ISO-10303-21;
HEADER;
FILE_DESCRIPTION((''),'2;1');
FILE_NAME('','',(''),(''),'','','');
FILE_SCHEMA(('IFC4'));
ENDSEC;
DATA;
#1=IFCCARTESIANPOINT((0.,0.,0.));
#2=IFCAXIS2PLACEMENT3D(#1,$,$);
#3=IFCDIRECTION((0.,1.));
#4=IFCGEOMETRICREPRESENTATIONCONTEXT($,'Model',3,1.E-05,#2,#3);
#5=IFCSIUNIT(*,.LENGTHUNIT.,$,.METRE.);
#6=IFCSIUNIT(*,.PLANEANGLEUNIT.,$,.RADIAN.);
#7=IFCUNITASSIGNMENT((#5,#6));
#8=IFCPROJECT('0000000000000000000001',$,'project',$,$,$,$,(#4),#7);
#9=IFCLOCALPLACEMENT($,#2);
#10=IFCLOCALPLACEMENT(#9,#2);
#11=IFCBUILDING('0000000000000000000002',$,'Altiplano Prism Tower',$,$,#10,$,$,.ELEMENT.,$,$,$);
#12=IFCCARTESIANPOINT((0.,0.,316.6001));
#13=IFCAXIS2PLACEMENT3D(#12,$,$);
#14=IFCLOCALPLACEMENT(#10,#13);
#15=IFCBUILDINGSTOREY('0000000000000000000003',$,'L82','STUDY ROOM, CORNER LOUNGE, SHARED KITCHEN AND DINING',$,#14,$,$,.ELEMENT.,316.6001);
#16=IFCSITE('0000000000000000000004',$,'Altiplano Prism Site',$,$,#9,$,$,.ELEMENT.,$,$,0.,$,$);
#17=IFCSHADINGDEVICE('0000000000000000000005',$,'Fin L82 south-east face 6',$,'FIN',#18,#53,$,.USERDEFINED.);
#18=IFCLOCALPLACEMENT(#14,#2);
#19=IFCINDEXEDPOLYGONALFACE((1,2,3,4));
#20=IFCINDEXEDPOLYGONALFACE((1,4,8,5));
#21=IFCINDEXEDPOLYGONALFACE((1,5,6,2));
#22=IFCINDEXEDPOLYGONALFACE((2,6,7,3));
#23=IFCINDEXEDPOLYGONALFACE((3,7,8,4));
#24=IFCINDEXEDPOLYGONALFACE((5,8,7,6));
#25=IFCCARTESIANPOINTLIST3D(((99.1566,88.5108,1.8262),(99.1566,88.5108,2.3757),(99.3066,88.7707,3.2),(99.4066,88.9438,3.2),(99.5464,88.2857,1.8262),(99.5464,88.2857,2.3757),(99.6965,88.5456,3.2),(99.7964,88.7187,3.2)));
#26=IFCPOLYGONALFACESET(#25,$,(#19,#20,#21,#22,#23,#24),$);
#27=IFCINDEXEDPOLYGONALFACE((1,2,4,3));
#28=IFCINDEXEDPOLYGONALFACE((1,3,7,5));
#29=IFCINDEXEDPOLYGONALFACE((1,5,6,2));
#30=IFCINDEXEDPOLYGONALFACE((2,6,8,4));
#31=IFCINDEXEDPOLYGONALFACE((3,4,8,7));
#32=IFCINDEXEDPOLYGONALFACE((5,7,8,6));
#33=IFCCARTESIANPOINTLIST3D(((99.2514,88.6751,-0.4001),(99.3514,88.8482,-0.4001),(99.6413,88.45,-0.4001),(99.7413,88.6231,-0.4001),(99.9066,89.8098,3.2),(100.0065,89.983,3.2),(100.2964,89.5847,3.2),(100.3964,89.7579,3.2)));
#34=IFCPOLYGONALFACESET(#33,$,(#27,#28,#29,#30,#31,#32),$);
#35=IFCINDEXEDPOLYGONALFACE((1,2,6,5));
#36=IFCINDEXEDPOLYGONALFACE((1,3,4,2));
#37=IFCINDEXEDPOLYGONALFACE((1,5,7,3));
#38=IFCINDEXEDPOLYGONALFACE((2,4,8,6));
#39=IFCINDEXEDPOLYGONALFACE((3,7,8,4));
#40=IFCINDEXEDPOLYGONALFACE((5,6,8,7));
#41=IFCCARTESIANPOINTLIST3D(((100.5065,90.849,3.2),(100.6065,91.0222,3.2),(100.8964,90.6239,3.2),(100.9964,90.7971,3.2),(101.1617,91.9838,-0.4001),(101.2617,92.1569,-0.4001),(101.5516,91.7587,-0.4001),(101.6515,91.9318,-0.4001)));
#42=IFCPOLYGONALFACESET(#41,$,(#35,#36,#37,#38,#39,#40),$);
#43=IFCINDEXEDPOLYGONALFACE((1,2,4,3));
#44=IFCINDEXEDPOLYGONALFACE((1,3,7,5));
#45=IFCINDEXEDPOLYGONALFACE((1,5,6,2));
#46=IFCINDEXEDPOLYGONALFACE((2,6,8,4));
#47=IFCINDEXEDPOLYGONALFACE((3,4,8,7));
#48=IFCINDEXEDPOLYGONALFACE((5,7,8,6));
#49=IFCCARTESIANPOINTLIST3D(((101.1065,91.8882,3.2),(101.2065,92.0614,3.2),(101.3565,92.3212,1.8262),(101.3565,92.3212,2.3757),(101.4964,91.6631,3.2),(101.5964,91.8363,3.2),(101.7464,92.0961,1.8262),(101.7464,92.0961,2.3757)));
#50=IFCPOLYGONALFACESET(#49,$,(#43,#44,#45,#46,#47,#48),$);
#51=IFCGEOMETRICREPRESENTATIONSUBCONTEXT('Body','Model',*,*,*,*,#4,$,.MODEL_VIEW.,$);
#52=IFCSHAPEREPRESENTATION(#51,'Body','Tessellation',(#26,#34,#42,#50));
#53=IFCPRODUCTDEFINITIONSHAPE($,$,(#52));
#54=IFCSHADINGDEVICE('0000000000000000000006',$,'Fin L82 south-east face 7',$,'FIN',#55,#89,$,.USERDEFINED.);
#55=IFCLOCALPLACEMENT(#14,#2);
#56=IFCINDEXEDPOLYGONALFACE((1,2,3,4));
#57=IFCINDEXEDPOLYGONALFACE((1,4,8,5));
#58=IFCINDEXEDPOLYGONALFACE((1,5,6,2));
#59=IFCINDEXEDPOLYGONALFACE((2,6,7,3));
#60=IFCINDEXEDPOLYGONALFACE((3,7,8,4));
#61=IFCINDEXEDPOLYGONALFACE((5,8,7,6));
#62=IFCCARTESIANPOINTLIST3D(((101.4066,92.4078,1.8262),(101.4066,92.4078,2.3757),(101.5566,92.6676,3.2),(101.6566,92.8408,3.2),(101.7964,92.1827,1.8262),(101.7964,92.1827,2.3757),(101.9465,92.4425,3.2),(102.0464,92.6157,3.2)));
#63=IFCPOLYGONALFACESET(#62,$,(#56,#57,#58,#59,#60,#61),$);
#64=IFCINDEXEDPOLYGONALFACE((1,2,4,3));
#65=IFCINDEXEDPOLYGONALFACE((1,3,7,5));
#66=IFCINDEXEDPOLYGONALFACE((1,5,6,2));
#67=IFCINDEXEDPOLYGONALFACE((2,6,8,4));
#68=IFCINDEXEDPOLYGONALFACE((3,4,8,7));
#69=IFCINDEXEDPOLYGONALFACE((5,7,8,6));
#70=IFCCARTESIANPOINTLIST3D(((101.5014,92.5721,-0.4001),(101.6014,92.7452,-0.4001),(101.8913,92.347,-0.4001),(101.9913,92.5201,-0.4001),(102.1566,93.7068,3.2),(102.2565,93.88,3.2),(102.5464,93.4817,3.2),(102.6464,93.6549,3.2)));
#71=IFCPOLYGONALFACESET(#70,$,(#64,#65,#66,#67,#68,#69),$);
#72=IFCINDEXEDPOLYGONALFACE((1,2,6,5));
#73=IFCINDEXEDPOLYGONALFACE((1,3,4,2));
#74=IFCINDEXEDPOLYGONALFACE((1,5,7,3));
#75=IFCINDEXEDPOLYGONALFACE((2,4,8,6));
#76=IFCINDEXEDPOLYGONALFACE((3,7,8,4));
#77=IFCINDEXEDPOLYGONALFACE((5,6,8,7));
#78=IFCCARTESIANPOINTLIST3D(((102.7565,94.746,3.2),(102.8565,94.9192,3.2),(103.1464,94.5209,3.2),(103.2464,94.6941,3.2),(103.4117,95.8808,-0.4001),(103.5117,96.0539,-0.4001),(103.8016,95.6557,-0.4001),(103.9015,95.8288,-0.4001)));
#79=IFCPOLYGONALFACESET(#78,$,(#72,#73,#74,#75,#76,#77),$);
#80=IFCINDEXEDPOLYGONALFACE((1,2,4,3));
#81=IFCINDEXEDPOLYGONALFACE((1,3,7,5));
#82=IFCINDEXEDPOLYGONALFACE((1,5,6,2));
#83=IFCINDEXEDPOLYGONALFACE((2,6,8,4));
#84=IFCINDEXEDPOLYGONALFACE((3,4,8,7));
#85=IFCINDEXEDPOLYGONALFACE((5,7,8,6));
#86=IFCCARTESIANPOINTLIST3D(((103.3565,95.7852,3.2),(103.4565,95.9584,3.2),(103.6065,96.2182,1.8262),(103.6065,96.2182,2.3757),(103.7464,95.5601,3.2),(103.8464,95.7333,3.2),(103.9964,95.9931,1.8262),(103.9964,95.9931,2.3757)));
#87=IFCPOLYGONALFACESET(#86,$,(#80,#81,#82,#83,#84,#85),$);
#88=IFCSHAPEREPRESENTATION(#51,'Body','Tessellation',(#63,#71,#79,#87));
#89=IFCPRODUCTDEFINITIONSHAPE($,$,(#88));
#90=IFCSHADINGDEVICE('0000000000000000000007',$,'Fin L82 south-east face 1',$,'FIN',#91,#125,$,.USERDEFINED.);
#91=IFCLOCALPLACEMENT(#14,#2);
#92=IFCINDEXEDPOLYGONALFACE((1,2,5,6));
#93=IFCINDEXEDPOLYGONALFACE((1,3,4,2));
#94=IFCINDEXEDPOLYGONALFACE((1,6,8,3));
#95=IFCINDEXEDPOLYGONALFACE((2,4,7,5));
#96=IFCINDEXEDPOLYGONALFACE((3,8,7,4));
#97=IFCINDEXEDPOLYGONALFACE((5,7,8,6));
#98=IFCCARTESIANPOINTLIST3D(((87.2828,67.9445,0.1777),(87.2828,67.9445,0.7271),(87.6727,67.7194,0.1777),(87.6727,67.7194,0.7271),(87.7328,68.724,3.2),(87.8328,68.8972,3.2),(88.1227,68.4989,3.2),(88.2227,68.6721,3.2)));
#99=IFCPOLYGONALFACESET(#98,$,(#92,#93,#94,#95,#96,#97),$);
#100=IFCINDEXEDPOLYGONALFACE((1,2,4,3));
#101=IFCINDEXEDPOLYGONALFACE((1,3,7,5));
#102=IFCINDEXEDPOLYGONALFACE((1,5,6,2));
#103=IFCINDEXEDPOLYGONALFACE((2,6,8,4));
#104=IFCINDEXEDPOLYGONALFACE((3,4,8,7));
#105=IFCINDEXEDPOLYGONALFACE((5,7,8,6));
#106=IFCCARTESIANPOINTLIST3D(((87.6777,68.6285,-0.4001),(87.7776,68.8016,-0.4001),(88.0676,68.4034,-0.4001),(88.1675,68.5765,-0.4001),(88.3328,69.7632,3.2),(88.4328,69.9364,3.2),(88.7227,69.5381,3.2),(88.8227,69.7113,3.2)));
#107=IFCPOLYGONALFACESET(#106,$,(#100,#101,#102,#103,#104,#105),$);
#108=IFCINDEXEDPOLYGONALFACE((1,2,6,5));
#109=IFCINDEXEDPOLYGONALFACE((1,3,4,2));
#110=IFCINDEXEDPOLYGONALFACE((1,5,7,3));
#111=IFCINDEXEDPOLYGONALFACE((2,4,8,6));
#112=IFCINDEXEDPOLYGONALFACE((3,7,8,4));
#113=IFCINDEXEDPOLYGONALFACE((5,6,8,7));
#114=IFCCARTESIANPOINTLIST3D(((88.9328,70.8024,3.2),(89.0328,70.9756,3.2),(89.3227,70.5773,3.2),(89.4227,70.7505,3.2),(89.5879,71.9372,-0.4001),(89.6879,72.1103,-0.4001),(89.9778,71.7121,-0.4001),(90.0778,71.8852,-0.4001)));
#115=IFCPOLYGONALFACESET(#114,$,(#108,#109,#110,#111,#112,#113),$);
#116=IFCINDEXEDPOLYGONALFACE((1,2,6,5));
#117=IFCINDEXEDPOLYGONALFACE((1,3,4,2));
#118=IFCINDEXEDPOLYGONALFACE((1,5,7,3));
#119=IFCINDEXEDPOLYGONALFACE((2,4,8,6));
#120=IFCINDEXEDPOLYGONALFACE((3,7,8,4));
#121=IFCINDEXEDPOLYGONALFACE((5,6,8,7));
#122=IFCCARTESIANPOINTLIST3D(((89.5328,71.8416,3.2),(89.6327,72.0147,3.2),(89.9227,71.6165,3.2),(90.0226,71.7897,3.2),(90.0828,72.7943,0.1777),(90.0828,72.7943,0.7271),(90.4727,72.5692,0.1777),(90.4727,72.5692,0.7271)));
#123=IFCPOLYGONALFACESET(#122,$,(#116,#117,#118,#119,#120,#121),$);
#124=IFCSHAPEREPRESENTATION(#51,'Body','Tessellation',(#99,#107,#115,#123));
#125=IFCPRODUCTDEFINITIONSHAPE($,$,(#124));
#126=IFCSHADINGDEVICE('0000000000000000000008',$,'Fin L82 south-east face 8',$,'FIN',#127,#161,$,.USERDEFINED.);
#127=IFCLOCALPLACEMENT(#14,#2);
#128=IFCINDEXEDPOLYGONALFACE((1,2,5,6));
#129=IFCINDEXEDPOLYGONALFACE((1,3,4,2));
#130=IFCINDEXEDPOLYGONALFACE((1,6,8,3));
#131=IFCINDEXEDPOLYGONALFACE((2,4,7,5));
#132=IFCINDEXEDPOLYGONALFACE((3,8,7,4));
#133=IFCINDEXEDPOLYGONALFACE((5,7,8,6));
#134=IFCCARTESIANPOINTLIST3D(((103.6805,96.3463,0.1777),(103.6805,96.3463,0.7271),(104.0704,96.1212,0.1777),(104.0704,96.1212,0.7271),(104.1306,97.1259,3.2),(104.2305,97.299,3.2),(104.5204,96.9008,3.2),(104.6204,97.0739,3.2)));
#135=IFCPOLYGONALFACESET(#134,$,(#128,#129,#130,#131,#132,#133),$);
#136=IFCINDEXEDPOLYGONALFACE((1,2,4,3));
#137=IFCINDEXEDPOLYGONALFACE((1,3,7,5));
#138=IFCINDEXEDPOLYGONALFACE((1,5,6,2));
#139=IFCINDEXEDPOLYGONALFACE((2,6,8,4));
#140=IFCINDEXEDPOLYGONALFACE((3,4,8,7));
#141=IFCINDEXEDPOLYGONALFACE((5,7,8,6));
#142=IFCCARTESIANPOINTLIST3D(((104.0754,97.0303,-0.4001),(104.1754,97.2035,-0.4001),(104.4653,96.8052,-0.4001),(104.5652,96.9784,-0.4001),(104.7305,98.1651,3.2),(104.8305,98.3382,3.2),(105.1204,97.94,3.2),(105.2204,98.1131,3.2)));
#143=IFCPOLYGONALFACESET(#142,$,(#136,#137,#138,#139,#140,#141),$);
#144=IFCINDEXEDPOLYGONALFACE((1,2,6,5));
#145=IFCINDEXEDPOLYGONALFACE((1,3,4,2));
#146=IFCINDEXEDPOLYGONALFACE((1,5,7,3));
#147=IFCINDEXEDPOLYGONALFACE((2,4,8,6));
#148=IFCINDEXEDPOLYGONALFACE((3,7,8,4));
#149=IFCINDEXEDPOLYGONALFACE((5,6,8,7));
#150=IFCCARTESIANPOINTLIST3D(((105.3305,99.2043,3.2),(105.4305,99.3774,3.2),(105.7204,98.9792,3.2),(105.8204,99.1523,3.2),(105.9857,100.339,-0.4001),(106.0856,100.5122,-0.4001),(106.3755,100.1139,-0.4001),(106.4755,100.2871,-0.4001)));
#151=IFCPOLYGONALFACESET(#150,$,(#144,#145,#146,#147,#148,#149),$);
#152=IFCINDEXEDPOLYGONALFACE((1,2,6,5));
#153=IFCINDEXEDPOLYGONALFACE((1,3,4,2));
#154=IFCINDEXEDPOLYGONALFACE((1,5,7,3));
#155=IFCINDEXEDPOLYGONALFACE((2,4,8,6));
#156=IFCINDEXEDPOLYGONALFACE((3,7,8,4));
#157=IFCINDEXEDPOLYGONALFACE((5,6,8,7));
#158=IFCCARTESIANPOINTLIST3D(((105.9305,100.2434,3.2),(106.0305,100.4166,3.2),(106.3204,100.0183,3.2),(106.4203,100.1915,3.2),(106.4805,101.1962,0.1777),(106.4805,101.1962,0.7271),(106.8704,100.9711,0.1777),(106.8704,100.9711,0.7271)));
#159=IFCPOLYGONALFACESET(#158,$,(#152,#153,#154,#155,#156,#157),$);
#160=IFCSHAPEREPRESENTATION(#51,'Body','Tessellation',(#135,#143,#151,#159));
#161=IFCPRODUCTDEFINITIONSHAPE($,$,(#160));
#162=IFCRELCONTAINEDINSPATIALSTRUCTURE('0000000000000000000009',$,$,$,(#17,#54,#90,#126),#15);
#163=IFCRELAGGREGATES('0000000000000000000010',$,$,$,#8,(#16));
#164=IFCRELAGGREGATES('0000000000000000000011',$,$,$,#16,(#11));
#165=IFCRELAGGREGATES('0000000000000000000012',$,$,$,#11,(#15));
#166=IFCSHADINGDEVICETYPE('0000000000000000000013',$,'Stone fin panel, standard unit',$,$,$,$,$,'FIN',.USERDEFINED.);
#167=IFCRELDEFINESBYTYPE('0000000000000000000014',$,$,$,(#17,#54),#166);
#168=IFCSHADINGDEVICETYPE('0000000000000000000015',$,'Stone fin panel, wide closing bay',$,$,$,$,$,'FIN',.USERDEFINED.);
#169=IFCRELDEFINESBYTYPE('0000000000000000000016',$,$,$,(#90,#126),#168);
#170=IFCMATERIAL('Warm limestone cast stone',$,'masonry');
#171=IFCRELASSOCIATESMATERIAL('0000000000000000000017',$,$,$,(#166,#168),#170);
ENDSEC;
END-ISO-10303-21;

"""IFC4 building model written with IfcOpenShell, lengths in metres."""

from ifc_helpers import new_model, si_unit, direction, frame, origin, place, context, subcontext, project, spatial, polyline, outline, extrude, source, transform, mapped, material, type_object, element, save


model = new_model("IFC4")

# Units and contexts
model_context = context("Model", 3, precision=1e-05, world=origin(), true_north=direction((0.0, 1.0)))
body_context = subcontext(model_context, "Body", "Model", "MODEL_VIEW")
ifc_project = project(units=[si_unit("LENGTHUNIT", "METRE"), si_unit("PLANEANGLEUNIT", "RADIAN")], contexts=[model_context])

# Site, building, storey
site_placement = place(None, origin())
site = spatial("IfcSite", under=ifc_project, at=site_placement, Name="Altiplano Prism Site", CompositionType="ELEMENT", RefElevation=0.0)
building_placement = place(site_placement, origin())
building = spatial("IfcBuilding", under=site, at=building_placement, Name="Altiplano Prism Tower", CompositionType="ELEMENT")
storey_placement = place(building_placement, frame((0.0, 0.0, 316.6001)))
storey = spatial("IfcBuildingStorey", under=building, at=storey_placement, Name="L82", Description="STUDY ROOM, CORNER LOUNGE, SHARED KITCHEN AND DINING", CompositionType="ELEMENT", Elevation=316.6001)

# Shading devices
ifc_material_1 = material(Name="Warm limestone cast stone", Category="masonry")
shading_device_type_1 = type_object("IfcShadingDeviceType", Name="Stone fin panel, standard unit", ElementType="FIN", PredefinedType="USERDEFINED", material=ifc_material_1)
shared_shape_1 = source(origin(), body_context, "Body", "SweptSolid", [
    extrude(outline(polyline([(-2.2, 2.2263), (-1.7, 3.6001), (-1.8999, 3.6001), (-2.2, 2.7759), (-2.2, 2.2263)])), frame((0.0, -0.1499, 0.0), z_axis=(0.0, -1.0, 0.0), x_axis=(1.0, 0.0, 0.0)), (0.0, 0.0, 1.0), 0.4502),
    extrude(outline(polyline([(-2.0103, 0.0), (-1.8103, 0.0), (-0.5, 3.6001), (-0.7, 3.6001), (-2.0103, 0.0)])), frame((0.0, -0.1499, 0.0), z_axis=(0.0, -1.0, 0.0), x_axis=(1.0, 0.0, 0.0)), (0.0, 0.0, 1.0), 0.4502),
    extrude(outline(polyline([(1.8103, 0.0), (2.0103, 0.0), (0.7, 3.6001), (0.5, 3.6001), (1.8103, 0.0)])), frame((0.0, -0.1499, 0.0), z_axis=(0.0, -1.0, 0.0), x_axis=(1.0, 0.0, 0.0)), (0.0, 0.0, 1.0), 0.4502),
    extrude(outline(polyline([(2.2, 2.7759), (1.8999, 3.6001), (1.7, 3.6001), (2.2, 2.2263), (2.2, 2.7759)])), frame((0.0, -0.1499, 0.0), z_axis=(0.0, -1.0, 0.0), x_axis=(1.0, 0.0, 0.0)), (0.0, 0.0, 1.0), 0.4502),
])
shading_device_1_placement = place(storey_placement, origin())
element("IfcShadingDevice", 1, at=shading_device_1_placement, inside=storey, type_object=shading_device_type_1, Name="Fin L82 south-east face 6", ObjectType="FIN", PredefinedType="USERDEFINED", context=body_context, shape_type="MappedRepresentation", body=[
    mapped(shared_shape_1, transform((100.1267, 90.491, -0.4001), x_axis=(0.5, 0.866025, 0.0), y_axis=(-0.866025, 0.5, 0.0), z_axis=(0.0, 0.0, 1.0))),
])
shading_device_2_placement = place(storey_placement, origin())
element("IfcShadingDevice", 2, at=shading_device_2_placement, inside=storey, type_object=shading_device_type_1, Name="Fin L82 south-east face 7", ObjectType="FIN", PredefinedType="USERDEFINED", context=body_context, shape_type="MappedRepresentation", body=[
    mapped(shared_shape_1, transform((102.3767, 94.3879, -0.4001), x_axis=(0.5, 0.866025, 0.0), y_axis=(-0.866025, 0.5, 0.0), z_axis=(0.0, 0.0, 1.0))),
])
shading_device_type_2 = type_object("IfcShadingDeviceType", Name="Stone fin panel, wide closing bay", ElementType="FIN", PredefinedType="USERDEFINED", material=ifc_material_1)
shared_shape_2 = source(origin(), body_context, "Body", "SweptSolid", [
    extrude(outline(polyline([(-2.8, 0.5779), (-1.7, 3.6001), (-1.8999, 3.6001), (-2.8, 1.1272), (-2.8, 0.5779)])), frame((0.0, -0.1499, 0.0), z_axis=(0.0, -1.0, 0.0), x_axis=(1.0, 0.0, 0.0)), (0.0, 0.0, 1.0), 0.4502),
    extrude(outline(polyline([(-2.0103, 0.0), (-1.8103, 0.0), (-0.5, 3.6001), (-0.7, 3.6001), (-2.0103, 0.0)])), frame((0.0, -0.1499, 0.0), z_axis=(0.0, -1.0, 0.0), x_axis=(1.0, 0.0, 0.0)), (0.0, 0.0, 1.0), 0.4502),
    extrude(outline(polyline([(1.8103, 0.0), (2.0103, 0.0), (0.7, 3.6001), (0.5, 3.6001), (1.8103, 0.0)])), frame((0.0, -0.1499, 0.0), z_axis=(0.0, -1.0, 0.0), x_axis=(1.0, 0.0, 0.0)), (0.0, 0.0, 1.0), 0.4502),
    extrude(outline(polyline([(2.8, 1.1272), (1.8999, 3.6001), (1.7, 3.6001), (2.8, 0.5779), (2.8, 1.1272)])), frame((0.0, -0.1499, 0.0), z_axis=(0.0, -1.0, 0.0), x_axis=(1.0, 0.0, 0.0)), (0.0, 0.0, 1.0), 0.4502),
])
shading_device_3_placement = place(storey_placement, origin())
element("IfcShadingDevice", 3, at=shading_device_3_placement, inside=storey, type_object=shading_device_type_2, Name="Fin L82 south-east face 1", ObjectType="FIN", PredefinedType="USERDEFINED", context=body_context, shape_type="MappedRepresentation", body=[
    mapped(shared_shape_2, transform((88.553, 70.4443, -0.4001), x_axis=(0.5, 0.866025, 0.0), y_axis=(-0.866025, 0.5, 0.0), z_axis=(0.0, 0.0, 1.0))),
])
shading_device_4_placement = place(storey_placement, origin())
element("IfcShadingDevice", 4, at=shading_device_4_placement, inside=storey, type_object=shading_device_type_2, Name="Fin L82 south-east face 8", ObjectType="FIN", PredefinedType="USERDEFINED", context=body_context, shape_type="MappedRepresentation", body=[
    mapped(shared_shape_2, transform((104.9507, 98.8462, -0.4001), x_axis=(0.5, 0.866025, 0.0), y_axis=(-0.866025, 0.5, 0.0), z_axis=(0.0, 0.0, 1.0))),
])

save(model, "model.ifc")
